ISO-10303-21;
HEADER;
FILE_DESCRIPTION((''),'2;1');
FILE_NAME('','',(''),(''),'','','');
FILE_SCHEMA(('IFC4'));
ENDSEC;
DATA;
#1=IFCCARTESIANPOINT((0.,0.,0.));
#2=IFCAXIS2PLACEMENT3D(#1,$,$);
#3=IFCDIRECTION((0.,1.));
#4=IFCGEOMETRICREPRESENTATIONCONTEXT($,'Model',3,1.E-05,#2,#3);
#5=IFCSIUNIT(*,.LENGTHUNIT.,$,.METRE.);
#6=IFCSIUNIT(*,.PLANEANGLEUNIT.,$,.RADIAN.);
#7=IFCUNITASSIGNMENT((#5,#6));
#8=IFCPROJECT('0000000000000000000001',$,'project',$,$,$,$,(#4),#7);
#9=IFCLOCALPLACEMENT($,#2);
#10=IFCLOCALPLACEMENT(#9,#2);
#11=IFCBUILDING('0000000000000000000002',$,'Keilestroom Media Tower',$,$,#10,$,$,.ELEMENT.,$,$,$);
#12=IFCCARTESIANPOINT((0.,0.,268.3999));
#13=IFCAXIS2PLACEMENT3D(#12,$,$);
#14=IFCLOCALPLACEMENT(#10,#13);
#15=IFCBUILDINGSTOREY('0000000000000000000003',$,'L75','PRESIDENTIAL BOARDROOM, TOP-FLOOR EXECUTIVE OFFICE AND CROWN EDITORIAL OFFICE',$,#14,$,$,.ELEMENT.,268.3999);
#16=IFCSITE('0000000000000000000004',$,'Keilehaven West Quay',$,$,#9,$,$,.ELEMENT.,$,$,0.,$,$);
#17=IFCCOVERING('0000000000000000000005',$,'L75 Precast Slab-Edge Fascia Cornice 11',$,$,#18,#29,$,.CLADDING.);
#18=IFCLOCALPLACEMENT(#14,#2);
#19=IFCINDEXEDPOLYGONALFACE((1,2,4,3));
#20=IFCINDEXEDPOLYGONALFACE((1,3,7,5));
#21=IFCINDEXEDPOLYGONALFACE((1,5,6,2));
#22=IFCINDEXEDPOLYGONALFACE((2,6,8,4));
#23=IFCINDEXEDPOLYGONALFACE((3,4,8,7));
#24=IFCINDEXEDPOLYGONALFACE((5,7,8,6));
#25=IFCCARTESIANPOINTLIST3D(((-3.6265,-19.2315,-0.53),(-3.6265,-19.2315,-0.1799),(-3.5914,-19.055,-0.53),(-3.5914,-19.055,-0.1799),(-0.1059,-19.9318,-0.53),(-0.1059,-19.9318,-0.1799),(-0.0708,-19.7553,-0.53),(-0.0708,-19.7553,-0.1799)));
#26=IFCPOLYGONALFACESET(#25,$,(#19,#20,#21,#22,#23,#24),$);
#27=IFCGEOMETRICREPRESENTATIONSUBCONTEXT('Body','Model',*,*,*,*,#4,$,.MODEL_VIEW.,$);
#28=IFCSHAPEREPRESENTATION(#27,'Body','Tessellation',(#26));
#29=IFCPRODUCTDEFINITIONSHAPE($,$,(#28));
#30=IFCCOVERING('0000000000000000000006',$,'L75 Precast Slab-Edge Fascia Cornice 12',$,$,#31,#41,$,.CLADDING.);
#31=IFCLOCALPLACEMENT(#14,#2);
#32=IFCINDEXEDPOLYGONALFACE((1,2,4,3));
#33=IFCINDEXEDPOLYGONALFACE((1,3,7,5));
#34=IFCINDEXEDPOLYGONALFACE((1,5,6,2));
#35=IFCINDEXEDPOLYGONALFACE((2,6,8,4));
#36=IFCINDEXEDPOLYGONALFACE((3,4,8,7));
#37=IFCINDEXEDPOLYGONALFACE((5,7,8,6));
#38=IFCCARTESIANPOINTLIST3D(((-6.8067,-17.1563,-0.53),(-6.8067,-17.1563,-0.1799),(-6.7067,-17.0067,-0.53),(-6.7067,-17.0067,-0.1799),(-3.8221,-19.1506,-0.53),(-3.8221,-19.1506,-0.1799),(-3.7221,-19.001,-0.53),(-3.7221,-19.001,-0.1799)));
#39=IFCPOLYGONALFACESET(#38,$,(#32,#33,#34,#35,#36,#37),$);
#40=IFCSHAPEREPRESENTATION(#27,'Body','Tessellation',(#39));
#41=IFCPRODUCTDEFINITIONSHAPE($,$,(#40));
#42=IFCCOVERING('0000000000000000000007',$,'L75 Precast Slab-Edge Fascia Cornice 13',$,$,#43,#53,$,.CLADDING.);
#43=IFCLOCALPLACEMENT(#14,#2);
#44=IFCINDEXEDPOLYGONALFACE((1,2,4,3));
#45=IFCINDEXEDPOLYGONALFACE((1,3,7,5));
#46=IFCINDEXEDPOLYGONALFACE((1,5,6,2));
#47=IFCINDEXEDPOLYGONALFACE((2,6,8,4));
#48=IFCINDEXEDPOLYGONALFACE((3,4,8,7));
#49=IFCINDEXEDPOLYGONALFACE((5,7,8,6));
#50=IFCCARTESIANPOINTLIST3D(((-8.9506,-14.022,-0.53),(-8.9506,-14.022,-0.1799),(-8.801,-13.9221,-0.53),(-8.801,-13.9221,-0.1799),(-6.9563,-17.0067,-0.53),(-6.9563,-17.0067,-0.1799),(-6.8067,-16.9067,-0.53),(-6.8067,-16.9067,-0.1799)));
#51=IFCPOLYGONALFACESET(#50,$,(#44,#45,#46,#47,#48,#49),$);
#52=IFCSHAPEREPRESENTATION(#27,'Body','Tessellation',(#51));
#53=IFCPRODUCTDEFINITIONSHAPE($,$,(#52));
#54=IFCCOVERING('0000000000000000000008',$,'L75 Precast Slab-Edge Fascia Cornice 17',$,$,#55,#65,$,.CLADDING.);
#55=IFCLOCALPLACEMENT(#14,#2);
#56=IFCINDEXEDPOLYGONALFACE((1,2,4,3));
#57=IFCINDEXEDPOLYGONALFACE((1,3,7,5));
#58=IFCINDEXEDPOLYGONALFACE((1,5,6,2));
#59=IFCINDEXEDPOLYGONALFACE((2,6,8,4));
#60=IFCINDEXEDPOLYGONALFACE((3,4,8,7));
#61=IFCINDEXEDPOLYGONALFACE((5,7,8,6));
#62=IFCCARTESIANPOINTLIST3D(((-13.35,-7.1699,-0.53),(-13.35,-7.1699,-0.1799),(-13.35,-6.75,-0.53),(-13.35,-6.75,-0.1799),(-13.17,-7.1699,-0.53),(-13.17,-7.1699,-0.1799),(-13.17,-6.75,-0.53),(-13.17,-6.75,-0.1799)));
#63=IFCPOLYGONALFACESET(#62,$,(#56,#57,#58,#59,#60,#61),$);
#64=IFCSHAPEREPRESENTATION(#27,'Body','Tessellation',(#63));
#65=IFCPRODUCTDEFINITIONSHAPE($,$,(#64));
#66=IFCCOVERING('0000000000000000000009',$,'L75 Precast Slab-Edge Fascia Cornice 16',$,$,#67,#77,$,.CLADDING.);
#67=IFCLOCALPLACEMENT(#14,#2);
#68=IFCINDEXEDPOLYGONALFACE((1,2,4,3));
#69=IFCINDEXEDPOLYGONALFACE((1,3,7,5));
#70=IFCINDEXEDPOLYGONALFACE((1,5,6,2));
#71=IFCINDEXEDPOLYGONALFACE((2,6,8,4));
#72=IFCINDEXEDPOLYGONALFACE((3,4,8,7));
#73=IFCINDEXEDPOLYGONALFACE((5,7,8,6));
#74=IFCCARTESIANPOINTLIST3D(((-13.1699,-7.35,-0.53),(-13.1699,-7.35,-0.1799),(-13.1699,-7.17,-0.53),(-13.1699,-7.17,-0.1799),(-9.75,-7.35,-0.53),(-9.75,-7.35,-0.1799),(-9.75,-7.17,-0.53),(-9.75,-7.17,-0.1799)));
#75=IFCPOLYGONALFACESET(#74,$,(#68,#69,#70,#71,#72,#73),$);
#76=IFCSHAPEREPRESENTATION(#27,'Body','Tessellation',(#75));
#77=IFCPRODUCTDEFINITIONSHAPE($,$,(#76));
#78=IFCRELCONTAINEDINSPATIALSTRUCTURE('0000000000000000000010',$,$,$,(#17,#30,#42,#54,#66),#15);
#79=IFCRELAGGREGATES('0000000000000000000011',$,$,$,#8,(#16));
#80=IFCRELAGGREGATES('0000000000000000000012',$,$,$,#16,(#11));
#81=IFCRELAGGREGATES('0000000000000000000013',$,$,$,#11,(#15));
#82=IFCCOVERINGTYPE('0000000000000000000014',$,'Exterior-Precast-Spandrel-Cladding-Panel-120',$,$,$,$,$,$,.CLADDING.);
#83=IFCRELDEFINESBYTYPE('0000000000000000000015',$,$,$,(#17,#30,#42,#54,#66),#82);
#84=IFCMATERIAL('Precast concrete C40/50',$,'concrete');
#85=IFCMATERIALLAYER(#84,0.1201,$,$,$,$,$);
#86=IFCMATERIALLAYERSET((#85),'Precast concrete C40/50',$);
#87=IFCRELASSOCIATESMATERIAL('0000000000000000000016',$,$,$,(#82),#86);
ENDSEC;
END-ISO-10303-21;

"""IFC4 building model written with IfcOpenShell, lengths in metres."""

from ifc_helpers import new_model, si_unit, direction, frame, origin, origin_2d, place, context, subcontext, project, spatial, rectangle, extrude, source, transform, mapped, material, layer, layer_set, type_object, element, save


model = new_model("IFC4")

# Units and contexts
model_context = context("Model", 3, precision=1e-05, world=origin(), true_north=direction((0.0, 1.0)))
body_context = subcontext(model_context, "Body", "Model", "MODEL_VIEW")
ifc_project = project(units=[si_unit("LENGTHUNIT", "METRE"), si_unit("PLANEANGLEUNIT", "RADIAN")], contexts=[model_context])

# Site, building, storey
site_placement = place(None, origin())
site = spatial("IfcSite", under=ifc_project, at=site_placement, Name="Keilehaven West Quay", CompositionType="ELEMENT", RefElevation=0.0)
building_placement = place(site_placement, origin())
building = spatial("IfcBuilding", under=site, at=building_placement, Name="Keilestroom Media Tower", CompositionType="ELEMENT")
storey_placement = place(building_placement, frame((0.0, 0.0, 268.3999)))
storey = spatial("IfcBuildingStorey", under=building, at=storey_placement, Name="L75", Description="PRESIDENTIAL BOARDROOM, TOP-FLOOR EXECUTIVE OFFICE AND CROWN EDITORIAL OFFICE", CompositionType="ELEMENT", Elevation=268.3999)

# Shared definitions
ifc_material_1 = material(Name="Precast concrete C40/50", Category="concrete")

# Coverings
ifc_layer_1 = layer(ifc_material_1, 0.1201)
ifc_layer_set_1 = layer_set([ifc_layer_1], Name="Precast concrete C40/50")
covering_type = type_object("IfcCoveringType", Name="Exterior-Precast-Spandrel-Cladding-Panel-120", PredefinedType="CLADDING", material=ifc_layer_set_1)
shared_shape_1 = source(origin(), body_context, "Body", "SweptSolid", [
    extrude(rectangle(XDim=3.5896, YDim=0.1799, at=origin_2d()), origin(), (0.0, 0.0, 1.0), 0.3501),
])
for number, where, z_axis, x_axis, name in (
    (1, (-1.8486, -19.4934, -0.53), (0.0, 0.0, 1.0), (-0.980784, 0.195099, 0.0), "L75 Precast Slab-Edge Fascia Cornice 11"),
    (2, (-5.2644, -18.0786, -0.53), (0.0, 0.0, 1.0), (-0.831467, 0.555575, 0.0), "L75 Precast Slab-Edge Fascia Cornice 12"),
    (3, (-7.8787, -15.4644, -0.53), (0.0, 0.0, 1.0), (-0.555575, 0.831467, 0.0), "L75 Precast Slab-Edge Fascia Cornice 13"),
):
    element("IfcCovering", number, at=place(storey_placement, frame(where, z_axis=z_axis, x_axis=x_axis)), inside=storey, type_object=covering_type, Name=name, PredefinedType="CLADDING", context=body_context, shape_type="MappedRepresentation", body=[
        mapped(shared_shape_1, transform((0.0, 0.0, 0.0), x_axis=(1.0, 0.0, 0.0), y_axis=(0.0, 1.0, 0.0), z_axis=(0.0, 0.0, 1.0), scale=1.0)),
    ])
shared_shape_2 = source(origin(), body_context, "Body", "SweptSolid", [
    extrude(rectangle(XDim=0.4199, YDim=0.1799, at=origin_2d()), origin(), (0.0, 0.0, 1.0), 0.3501),
])
covering_1_placement = place(storey_placement, frame((-13.26, -6.96, -0.53), z_axis=(0.0, 0.0, 1.0), x_axis=(0.0, 1.0, 0.0)))
element("IfcCovering", 4, at=covering_1_placement, inside=storey, type_object=covering_type, Name="L75 Precast Slab-Edge Fascia Cornice 17", PredefinedType="CLADDING", context=body_context, shape_type="MappedRepresentation", body=[
    mapped(shared_shape_2, transform((0.0, 0.0, 0.0), x_axis=(1.0, 0.0, 0.0), y_axis=(0.0, 1.0, 0.0), z_axis=(0.0, 0.0, 1.0), scale=1.0)),
])
shared_shape_3 = source(origin(), body_context, "Body", "SweptSolid", [
    extrude(rectangle(XDim=3.4199, YDim=0.1799, at=origin_2d()), origin(), (0.0, 0.0, 1.0), 0.3501),
])
covering_2_placement = place(storey_placement, frame((-11.46, -7.26, -0.53), z_axis=(0.0, 0.0, 1.0), x_axis=(-1.0, 0.0, 0.0)))
element("IfcCovering", 5, at=covering_2_placement, inside=storey, type_object=covering_type, Name="L75 Precast Slab-Edge Fascia Cornice 16", PredefinedType="CLADDING", context=body_context, shape_type="MappedRepresentation", body=[
    mapped(shared_shape_3, transform((0.0, 0.0, 0.0), x_axis=(1.0, 0.0, 0.0), y_axis=(0.0, 1.0, 0.0), z_axis=(0.0, 0.0, 1.0), scale=1.0)),
])

save(model, "model.ifc")
